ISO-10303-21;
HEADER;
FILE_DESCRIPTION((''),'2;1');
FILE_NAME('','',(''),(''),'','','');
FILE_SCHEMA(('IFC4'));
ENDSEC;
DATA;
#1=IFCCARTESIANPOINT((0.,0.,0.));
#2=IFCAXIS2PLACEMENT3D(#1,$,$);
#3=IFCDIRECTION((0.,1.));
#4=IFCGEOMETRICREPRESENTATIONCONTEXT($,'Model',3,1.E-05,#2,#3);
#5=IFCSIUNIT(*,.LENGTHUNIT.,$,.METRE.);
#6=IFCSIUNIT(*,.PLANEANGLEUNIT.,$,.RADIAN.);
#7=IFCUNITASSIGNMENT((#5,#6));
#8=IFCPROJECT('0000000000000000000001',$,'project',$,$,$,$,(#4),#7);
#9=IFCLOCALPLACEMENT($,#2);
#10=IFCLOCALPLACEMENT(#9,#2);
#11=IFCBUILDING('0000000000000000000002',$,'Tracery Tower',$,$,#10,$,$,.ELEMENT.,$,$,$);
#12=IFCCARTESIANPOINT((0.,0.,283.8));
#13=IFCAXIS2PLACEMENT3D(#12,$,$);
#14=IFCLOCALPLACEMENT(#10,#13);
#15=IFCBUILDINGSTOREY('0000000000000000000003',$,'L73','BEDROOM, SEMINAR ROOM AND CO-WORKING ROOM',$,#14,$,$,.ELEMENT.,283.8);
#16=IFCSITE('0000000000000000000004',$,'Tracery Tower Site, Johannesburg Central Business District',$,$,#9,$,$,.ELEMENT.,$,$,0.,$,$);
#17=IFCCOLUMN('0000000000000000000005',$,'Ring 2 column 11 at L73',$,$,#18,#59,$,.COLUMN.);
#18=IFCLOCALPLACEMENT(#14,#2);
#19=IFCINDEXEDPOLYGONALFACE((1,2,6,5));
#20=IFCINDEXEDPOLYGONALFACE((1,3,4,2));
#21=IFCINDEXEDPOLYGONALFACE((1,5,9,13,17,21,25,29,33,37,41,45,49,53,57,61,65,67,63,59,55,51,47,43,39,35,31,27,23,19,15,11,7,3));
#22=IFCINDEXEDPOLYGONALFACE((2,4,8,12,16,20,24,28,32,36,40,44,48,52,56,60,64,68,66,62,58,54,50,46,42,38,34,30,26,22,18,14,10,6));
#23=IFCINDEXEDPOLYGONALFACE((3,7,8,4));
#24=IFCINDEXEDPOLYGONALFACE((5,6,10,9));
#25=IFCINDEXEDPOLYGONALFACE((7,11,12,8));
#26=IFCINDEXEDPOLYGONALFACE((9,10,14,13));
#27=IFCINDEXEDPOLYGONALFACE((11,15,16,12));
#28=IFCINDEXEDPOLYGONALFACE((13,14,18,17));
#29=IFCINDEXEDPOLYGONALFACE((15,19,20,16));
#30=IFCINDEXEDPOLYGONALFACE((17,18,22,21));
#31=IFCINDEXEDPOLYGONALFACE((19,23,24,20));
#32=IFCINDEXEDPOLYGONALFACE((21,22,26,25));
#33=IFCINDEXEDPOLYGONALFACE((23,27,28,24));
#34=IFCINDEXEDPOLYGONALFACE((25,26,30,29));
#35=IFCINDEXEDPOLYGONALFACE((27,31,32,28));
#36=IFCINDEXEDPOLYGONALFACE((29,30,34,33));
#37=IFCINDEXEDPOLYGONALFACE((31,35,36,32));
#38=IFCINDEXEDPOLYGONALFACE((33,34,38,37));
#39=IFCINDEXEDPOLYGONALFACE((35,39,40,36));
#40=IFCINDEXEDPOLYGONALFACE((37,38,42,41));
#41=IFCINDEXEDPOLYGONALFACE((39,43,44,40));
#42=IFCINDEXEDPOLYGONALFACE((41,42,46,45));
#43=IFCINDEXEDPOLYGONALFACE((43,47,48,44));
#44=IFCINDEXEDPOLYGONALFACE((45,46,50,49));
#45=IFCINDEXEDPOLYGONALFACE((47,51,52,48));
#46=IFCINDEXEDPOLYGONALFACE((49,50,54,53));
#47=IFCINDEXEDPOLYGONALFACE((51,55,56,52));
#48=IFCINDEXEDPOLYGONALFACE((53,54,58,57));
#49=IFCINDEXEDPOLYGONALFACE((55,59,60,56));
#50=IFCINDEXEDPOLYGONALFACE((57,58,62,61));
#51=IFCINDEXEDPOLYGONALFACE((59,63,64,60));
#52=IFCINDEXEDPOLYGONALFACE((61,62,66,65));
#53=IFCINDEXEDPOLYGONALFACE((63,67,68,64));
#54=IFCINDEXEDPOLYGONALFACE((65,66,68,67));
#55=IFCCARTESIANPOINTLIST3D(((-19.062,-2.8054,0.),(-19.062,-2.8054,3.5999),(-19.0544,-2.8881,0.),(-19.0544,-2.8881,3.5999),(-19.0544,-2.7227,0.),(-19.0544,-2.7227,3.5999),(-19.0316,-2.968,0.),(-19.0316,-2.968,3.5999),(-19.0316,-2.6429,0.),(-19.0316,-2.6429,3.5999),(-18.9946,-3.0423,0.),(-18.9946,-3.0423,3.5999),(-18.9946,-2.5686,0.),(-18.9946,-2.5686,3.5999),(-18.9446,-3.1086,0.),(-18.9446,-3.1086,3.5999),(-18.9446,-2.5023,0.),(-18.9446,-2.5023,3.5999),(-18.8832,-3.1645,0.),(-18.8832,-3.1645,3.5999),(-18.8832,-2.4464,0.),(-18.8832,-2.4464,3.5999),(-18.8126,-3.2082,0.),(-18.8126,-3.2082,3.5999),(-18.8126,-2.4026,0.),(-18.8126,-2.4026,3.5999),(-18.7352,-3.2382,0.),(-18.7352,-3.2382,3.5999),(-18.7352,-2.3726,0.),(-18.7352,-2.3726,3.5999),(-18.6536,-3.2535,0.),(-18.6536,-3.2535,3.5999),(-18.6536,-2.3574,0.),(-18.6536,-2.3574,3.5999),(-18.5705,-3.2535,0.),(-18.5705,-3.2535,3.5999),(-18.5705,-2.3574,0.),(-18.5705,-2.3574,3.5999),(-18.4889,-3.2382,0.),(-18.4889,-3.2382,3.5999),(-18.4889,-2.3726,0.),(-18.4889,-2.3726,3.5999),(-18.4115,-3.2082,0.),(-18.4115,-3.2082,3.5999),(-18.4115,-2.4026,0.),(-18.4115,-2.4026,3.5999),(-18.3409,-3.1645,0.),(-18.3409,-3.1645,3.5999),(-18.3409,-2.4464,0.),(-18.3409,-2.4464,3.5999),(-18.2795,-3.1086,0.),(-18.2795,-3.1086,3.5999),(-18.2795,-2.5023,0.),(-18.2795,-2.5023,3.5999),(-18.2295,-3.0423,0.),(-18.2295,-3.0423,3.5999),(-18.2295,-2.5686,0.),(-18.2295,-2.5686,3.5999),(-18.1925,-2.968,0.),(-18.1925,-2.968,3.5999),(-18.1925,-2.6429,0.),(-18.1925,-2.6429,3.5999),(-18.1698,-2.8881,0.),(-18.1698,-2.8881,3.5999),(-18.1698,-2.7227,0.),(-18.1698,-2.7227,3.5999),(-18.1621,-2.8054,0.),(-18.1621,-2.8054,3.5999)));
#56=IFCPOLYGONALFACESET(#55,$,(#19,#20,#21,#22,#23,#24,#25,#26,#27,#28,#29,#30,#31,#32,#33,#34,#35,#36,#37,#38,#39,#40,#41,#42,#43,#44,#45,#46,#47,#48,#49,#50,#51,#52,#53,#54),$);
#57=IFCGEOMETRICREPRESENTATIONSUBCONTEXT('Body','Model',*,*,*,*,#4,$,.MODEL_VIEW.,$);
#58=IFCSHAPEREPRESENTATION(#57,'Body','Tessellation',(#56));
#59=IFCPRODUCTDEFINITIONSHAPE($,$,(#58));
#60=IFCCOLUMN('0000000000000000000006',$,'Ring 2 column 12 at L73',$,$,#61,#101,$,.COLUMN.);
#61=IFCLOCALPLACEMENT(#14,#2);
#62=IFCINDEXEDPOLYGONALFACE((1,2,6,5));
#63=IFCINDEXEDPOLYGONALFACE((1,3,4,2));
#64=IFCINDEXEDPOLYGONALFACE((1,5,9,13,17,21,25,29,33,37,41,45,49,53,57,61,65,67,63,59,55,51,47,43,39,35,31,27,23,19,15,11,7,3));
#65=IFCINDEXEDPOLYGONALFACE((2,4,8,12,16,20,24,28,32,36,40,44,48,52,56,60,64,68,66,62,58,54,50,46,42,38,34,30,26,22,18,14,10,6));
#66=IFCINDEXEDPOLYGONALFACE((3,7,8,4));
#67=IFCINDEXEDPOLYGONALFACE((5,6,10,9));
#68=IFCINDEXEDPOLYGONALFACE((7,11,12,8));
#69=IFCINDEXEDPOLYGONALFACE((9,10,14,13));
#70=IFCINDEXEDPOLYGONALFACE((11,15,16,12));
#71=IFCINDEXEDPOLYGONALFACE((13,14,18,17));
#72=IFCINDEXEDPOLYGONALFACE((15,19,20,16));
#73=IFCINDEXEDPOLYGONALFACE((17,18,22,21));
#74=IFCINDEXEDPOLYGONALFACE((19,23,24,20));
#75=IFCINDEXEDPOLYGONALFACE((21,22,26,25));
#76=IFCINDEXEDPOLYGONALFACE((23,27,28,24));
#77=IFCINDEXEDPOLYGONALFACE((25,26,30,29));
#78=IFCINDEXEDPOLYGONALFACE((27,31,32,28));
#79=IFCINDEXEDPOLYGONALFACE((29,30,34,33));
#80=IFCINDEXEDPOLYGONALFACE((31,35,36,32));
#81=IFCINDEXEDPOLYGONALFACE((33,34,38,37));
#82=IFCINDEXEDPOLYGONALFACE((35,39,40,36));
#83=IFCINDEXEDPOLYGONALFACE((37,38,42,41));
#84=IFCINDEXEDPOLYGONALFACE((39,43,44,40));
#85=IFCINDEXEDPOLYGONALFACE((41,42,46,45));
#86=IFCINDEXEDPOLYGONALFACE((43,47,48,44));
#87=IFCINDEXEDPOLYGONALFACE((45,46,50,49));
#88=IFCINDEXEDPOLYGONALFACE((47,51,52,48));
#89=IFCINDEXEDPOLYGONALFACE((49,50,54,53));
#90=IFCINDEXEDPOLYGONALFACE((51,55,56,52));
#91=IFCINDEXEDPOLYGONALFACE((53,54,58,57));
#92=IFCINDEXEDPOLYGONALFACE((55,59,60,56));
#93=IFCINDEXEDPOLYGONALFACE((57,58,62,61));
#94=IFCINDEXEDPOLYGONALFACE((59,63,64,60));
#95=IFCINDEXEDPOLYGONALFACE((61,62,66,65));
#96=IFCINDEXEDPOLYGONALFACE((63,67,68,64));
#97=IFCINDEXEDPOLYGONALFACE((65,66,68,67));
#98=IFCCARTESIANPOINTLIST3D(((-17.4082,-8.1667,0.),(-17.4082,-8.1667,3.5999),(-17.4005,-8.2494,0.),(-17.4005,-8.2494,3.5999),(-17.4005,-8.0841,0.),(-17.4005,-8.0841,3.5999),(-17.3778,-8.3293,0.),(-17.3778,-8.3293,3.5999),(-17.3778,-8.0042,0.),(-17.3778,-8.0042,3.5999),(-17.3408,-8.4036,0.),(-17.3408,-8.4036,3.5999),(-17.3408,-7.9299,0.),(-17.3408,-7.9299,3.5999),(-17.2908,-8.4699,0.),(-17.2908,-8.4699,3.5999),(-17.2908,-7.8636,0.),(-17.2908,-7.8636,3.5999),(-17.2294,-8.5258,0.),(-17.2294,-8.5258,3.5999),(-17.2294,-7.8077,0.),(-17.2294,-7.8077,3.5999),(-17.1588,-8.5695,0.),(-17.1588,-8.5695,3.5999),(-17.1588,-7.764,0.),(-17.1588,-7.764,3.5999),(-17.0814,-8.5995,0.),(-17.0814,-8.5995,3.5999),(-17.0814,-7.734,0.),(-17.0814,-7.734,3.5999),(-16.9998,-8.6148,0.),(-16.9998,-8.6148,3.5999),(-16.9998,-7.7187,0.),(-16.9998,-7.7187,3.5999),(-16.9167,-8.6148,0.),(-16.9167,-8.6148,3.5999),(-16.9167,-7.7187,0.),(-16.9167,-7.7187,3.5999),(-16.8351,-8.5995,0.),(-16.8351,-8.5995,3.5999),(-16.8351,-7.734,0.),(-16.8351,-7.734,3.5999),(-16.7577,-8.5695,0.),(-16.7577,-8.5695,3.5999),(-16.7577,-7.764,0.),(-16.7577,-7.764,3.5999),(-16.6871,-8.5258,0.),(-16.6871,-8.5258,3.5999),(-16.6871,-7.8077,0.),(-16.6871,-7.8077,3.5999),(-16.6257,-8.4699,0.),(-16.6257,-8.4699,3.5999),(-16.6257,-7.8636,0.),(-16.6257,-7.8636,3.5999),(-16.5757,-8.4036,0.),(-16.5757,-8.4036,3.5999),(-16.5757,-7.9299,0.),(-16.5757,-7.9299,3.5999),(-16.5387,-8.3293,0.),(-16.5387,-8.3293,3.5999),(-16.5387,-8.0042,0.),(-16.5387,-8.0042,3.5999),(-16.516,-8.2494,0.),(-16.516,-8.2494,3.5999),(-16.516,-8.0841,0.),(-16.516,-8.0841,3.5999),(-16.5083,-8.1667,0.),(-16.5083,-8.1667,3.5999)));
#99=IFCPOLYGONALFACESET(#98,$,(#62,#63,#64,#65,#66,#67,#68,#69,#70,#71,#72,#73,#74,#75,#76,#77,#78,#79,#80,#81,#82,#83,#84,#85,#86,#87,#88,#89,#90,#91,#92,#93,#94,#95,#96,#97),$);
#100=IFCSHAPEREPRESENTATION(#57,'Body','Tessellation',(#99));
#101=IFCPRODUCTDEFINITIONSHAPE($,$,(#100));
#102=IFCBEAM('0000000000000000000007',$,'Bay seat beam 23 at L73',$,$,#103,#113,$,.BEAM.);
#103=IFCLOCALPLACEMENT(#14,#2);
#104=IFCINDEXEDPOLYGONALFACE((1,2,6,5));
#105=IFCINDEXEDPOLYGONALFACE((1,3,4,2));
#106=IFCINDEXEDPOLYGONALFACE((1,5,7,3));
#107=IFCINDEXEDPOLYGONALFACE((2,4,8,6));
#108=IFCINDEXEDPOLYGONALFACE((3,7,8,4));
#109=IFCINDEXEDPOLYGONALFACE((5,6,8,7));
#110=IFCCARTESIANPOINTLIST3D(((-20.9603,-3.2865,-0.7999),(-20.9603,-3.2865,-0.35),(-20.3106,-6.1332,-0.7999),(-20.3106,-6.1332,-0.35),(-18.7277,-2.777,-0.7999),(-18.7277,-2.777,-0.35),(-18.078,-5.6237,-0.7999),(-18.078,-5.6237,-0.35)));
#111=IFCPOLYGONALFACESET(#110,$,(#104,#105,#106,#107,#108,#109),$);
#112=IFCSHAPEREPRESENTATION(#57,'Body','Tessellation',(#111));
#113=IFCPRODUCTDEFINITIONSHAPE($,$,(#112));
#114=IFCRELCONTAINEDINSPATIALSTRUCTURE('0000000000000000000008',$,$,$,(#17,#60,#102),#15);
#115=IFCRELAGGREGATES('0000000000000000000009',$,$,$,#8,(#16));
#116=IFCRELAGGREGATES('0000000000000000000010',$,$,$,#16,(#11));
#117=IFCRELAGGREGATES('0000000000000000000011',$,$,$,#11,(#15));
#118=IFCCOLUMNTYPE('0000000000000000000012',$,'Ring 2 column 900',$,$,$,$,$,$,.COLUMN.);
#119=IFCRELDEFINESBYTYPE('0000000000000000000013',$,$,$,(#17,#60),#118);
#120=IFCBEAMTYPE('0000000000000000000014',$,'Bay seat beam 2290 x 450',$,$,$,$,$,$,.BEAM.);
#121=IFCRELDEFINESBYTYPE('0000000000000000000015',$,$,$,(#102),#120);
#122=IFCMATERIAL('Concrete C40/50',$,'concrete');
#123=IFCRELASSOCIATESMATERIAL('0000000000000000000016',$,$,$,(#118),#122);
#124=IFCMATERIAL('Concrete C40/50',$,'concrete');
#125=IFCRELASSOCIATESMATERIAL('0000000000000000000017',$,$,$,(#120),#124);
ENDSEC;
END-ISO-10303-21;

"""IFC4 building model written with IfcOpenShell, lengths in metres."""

from ifc_helpers import new_model, si_unit, direction, frame, origin, origin_2d, place, context, subcontext, project, spatial, rectangle, circle, extrude, material, material_profile, profile_set, type_object, element, save


model = new_model("IFC4")

# Units and contexts
model_context = context("Model", 3, precision=1e-05, world=origin(), true_north=direction((0.0, 1.0)))
body_context = subcontext(model_context, "Body", "Model", "MODEL_VIEW")
ifc_project = project(units=[si_unit("LENGTHUNIT", "METRE"), si_unit("PLANEANGLEUNIT", "RADIAN")], contexts=[model_context])

# Site, building, storey
site_placement = place(None, origin())
site = spatial("IfcSite", under=ifc_project, at=site_placement, Name="Tracery Tower Site, Johannesburg Central Business District", CompositionType="ELEMENT", RefElevation=0.0)
building_placement = place(site_placement, origin())
building = spatial("IfcBuilding", under=site, at=building_placement, Name="Tracery Tower", CompositionType="ELEMENT")
storey_placement = place(building_placement, frame((0.0, 0.0, 283.8)))
storey = spatial("IfcBuildingStorey", under=building, at=storey_placement, Name="L73", Description="BEDROOM, SEMINAR ROOM AND CO-WORKING ROOM", CompositionType="ELEMENT", Elevation=283.8)

# Columns
ifc_material_1 = material(Name="Concrete C40/50", Category="concrete")
ifc_material_profile_1 = material_profile(ifc_material_1, circle(Radius=0.45, at=origin_2d()), Name="RC D900")
ifc_profile_set_1 = profile_set([ifc_material_profile_1], Name="Concrete C40/50")
column_type = type_object("IfcColumnType", Name="Ring 2 column 900", PredefinedType="COLUMN", material=ifc_profile_set_1)
for number, where, z_axis, x_axis, name in (
    (1, (-18.6121, -2.8054, 0.0), (0.0, 0.0, 1.0), (1.0, 0.0, 0.0), "Ring 2 column 11 at L73"),
    (2, (-16.9583, -8.1667, 0.0), (0.0, 0.0, 1.0), (1.0, 0.0, 0.0), "Ring 2 column 12 at L73"),
):
    element("IfcColumn", number, at=place(storey_placement, frame(where, z_axis=z_axis, x_axis=x_axis)), inside=storey, type_object=column_type, Name=name, PredefinedType="COLUMN", context=body_context, shape_type="SweptSolid", body=[
        extrude(circle(Radius=0.45, at=origin_2d()), origin(), (0.0, 0.0, 1.0), 3.5999),
    ])

# Beam
ifc_material_2 = material(Name="Concrete C40/50", Category="concrete")
ifc_material_profile_2 = material_profile(ifc_material_2, rectangle(XDim=2.29, YDim=0.45, at=origin_2d()), Name="RC 2290x450")
ifc_profile_set_2 = profile_set([ifc_material_profile_2], Name="Concrete C40/50")
beam_type = type_object("IfcBeamType", Name="Bay seat beam 2290 x 450", PredefinedType="BEAM", material=ifc_profile_set_2)
beam_placement = place(storey_placement, frame((-19.844, -3.0317, -0.575), z_axis=(0.222496, -0.974934, 0.0), x_axis=(0.974934, 0.222496, 0.0)))
element("IfcBeam", 3, at=beam_placement, inside=storey, type_object=beam_type, Name="Bay seat beam 23 at L73", PredefinedType="BEAM", context=body_context, shape_type="SweptSolid", body=[
    extrude(rectangle(XDim=2.29, YDim=0.45, at=origin_2d()), origin(), (0.0, 0.0, 1.0), 2.9199),
])

save(model, "model.ifc")
